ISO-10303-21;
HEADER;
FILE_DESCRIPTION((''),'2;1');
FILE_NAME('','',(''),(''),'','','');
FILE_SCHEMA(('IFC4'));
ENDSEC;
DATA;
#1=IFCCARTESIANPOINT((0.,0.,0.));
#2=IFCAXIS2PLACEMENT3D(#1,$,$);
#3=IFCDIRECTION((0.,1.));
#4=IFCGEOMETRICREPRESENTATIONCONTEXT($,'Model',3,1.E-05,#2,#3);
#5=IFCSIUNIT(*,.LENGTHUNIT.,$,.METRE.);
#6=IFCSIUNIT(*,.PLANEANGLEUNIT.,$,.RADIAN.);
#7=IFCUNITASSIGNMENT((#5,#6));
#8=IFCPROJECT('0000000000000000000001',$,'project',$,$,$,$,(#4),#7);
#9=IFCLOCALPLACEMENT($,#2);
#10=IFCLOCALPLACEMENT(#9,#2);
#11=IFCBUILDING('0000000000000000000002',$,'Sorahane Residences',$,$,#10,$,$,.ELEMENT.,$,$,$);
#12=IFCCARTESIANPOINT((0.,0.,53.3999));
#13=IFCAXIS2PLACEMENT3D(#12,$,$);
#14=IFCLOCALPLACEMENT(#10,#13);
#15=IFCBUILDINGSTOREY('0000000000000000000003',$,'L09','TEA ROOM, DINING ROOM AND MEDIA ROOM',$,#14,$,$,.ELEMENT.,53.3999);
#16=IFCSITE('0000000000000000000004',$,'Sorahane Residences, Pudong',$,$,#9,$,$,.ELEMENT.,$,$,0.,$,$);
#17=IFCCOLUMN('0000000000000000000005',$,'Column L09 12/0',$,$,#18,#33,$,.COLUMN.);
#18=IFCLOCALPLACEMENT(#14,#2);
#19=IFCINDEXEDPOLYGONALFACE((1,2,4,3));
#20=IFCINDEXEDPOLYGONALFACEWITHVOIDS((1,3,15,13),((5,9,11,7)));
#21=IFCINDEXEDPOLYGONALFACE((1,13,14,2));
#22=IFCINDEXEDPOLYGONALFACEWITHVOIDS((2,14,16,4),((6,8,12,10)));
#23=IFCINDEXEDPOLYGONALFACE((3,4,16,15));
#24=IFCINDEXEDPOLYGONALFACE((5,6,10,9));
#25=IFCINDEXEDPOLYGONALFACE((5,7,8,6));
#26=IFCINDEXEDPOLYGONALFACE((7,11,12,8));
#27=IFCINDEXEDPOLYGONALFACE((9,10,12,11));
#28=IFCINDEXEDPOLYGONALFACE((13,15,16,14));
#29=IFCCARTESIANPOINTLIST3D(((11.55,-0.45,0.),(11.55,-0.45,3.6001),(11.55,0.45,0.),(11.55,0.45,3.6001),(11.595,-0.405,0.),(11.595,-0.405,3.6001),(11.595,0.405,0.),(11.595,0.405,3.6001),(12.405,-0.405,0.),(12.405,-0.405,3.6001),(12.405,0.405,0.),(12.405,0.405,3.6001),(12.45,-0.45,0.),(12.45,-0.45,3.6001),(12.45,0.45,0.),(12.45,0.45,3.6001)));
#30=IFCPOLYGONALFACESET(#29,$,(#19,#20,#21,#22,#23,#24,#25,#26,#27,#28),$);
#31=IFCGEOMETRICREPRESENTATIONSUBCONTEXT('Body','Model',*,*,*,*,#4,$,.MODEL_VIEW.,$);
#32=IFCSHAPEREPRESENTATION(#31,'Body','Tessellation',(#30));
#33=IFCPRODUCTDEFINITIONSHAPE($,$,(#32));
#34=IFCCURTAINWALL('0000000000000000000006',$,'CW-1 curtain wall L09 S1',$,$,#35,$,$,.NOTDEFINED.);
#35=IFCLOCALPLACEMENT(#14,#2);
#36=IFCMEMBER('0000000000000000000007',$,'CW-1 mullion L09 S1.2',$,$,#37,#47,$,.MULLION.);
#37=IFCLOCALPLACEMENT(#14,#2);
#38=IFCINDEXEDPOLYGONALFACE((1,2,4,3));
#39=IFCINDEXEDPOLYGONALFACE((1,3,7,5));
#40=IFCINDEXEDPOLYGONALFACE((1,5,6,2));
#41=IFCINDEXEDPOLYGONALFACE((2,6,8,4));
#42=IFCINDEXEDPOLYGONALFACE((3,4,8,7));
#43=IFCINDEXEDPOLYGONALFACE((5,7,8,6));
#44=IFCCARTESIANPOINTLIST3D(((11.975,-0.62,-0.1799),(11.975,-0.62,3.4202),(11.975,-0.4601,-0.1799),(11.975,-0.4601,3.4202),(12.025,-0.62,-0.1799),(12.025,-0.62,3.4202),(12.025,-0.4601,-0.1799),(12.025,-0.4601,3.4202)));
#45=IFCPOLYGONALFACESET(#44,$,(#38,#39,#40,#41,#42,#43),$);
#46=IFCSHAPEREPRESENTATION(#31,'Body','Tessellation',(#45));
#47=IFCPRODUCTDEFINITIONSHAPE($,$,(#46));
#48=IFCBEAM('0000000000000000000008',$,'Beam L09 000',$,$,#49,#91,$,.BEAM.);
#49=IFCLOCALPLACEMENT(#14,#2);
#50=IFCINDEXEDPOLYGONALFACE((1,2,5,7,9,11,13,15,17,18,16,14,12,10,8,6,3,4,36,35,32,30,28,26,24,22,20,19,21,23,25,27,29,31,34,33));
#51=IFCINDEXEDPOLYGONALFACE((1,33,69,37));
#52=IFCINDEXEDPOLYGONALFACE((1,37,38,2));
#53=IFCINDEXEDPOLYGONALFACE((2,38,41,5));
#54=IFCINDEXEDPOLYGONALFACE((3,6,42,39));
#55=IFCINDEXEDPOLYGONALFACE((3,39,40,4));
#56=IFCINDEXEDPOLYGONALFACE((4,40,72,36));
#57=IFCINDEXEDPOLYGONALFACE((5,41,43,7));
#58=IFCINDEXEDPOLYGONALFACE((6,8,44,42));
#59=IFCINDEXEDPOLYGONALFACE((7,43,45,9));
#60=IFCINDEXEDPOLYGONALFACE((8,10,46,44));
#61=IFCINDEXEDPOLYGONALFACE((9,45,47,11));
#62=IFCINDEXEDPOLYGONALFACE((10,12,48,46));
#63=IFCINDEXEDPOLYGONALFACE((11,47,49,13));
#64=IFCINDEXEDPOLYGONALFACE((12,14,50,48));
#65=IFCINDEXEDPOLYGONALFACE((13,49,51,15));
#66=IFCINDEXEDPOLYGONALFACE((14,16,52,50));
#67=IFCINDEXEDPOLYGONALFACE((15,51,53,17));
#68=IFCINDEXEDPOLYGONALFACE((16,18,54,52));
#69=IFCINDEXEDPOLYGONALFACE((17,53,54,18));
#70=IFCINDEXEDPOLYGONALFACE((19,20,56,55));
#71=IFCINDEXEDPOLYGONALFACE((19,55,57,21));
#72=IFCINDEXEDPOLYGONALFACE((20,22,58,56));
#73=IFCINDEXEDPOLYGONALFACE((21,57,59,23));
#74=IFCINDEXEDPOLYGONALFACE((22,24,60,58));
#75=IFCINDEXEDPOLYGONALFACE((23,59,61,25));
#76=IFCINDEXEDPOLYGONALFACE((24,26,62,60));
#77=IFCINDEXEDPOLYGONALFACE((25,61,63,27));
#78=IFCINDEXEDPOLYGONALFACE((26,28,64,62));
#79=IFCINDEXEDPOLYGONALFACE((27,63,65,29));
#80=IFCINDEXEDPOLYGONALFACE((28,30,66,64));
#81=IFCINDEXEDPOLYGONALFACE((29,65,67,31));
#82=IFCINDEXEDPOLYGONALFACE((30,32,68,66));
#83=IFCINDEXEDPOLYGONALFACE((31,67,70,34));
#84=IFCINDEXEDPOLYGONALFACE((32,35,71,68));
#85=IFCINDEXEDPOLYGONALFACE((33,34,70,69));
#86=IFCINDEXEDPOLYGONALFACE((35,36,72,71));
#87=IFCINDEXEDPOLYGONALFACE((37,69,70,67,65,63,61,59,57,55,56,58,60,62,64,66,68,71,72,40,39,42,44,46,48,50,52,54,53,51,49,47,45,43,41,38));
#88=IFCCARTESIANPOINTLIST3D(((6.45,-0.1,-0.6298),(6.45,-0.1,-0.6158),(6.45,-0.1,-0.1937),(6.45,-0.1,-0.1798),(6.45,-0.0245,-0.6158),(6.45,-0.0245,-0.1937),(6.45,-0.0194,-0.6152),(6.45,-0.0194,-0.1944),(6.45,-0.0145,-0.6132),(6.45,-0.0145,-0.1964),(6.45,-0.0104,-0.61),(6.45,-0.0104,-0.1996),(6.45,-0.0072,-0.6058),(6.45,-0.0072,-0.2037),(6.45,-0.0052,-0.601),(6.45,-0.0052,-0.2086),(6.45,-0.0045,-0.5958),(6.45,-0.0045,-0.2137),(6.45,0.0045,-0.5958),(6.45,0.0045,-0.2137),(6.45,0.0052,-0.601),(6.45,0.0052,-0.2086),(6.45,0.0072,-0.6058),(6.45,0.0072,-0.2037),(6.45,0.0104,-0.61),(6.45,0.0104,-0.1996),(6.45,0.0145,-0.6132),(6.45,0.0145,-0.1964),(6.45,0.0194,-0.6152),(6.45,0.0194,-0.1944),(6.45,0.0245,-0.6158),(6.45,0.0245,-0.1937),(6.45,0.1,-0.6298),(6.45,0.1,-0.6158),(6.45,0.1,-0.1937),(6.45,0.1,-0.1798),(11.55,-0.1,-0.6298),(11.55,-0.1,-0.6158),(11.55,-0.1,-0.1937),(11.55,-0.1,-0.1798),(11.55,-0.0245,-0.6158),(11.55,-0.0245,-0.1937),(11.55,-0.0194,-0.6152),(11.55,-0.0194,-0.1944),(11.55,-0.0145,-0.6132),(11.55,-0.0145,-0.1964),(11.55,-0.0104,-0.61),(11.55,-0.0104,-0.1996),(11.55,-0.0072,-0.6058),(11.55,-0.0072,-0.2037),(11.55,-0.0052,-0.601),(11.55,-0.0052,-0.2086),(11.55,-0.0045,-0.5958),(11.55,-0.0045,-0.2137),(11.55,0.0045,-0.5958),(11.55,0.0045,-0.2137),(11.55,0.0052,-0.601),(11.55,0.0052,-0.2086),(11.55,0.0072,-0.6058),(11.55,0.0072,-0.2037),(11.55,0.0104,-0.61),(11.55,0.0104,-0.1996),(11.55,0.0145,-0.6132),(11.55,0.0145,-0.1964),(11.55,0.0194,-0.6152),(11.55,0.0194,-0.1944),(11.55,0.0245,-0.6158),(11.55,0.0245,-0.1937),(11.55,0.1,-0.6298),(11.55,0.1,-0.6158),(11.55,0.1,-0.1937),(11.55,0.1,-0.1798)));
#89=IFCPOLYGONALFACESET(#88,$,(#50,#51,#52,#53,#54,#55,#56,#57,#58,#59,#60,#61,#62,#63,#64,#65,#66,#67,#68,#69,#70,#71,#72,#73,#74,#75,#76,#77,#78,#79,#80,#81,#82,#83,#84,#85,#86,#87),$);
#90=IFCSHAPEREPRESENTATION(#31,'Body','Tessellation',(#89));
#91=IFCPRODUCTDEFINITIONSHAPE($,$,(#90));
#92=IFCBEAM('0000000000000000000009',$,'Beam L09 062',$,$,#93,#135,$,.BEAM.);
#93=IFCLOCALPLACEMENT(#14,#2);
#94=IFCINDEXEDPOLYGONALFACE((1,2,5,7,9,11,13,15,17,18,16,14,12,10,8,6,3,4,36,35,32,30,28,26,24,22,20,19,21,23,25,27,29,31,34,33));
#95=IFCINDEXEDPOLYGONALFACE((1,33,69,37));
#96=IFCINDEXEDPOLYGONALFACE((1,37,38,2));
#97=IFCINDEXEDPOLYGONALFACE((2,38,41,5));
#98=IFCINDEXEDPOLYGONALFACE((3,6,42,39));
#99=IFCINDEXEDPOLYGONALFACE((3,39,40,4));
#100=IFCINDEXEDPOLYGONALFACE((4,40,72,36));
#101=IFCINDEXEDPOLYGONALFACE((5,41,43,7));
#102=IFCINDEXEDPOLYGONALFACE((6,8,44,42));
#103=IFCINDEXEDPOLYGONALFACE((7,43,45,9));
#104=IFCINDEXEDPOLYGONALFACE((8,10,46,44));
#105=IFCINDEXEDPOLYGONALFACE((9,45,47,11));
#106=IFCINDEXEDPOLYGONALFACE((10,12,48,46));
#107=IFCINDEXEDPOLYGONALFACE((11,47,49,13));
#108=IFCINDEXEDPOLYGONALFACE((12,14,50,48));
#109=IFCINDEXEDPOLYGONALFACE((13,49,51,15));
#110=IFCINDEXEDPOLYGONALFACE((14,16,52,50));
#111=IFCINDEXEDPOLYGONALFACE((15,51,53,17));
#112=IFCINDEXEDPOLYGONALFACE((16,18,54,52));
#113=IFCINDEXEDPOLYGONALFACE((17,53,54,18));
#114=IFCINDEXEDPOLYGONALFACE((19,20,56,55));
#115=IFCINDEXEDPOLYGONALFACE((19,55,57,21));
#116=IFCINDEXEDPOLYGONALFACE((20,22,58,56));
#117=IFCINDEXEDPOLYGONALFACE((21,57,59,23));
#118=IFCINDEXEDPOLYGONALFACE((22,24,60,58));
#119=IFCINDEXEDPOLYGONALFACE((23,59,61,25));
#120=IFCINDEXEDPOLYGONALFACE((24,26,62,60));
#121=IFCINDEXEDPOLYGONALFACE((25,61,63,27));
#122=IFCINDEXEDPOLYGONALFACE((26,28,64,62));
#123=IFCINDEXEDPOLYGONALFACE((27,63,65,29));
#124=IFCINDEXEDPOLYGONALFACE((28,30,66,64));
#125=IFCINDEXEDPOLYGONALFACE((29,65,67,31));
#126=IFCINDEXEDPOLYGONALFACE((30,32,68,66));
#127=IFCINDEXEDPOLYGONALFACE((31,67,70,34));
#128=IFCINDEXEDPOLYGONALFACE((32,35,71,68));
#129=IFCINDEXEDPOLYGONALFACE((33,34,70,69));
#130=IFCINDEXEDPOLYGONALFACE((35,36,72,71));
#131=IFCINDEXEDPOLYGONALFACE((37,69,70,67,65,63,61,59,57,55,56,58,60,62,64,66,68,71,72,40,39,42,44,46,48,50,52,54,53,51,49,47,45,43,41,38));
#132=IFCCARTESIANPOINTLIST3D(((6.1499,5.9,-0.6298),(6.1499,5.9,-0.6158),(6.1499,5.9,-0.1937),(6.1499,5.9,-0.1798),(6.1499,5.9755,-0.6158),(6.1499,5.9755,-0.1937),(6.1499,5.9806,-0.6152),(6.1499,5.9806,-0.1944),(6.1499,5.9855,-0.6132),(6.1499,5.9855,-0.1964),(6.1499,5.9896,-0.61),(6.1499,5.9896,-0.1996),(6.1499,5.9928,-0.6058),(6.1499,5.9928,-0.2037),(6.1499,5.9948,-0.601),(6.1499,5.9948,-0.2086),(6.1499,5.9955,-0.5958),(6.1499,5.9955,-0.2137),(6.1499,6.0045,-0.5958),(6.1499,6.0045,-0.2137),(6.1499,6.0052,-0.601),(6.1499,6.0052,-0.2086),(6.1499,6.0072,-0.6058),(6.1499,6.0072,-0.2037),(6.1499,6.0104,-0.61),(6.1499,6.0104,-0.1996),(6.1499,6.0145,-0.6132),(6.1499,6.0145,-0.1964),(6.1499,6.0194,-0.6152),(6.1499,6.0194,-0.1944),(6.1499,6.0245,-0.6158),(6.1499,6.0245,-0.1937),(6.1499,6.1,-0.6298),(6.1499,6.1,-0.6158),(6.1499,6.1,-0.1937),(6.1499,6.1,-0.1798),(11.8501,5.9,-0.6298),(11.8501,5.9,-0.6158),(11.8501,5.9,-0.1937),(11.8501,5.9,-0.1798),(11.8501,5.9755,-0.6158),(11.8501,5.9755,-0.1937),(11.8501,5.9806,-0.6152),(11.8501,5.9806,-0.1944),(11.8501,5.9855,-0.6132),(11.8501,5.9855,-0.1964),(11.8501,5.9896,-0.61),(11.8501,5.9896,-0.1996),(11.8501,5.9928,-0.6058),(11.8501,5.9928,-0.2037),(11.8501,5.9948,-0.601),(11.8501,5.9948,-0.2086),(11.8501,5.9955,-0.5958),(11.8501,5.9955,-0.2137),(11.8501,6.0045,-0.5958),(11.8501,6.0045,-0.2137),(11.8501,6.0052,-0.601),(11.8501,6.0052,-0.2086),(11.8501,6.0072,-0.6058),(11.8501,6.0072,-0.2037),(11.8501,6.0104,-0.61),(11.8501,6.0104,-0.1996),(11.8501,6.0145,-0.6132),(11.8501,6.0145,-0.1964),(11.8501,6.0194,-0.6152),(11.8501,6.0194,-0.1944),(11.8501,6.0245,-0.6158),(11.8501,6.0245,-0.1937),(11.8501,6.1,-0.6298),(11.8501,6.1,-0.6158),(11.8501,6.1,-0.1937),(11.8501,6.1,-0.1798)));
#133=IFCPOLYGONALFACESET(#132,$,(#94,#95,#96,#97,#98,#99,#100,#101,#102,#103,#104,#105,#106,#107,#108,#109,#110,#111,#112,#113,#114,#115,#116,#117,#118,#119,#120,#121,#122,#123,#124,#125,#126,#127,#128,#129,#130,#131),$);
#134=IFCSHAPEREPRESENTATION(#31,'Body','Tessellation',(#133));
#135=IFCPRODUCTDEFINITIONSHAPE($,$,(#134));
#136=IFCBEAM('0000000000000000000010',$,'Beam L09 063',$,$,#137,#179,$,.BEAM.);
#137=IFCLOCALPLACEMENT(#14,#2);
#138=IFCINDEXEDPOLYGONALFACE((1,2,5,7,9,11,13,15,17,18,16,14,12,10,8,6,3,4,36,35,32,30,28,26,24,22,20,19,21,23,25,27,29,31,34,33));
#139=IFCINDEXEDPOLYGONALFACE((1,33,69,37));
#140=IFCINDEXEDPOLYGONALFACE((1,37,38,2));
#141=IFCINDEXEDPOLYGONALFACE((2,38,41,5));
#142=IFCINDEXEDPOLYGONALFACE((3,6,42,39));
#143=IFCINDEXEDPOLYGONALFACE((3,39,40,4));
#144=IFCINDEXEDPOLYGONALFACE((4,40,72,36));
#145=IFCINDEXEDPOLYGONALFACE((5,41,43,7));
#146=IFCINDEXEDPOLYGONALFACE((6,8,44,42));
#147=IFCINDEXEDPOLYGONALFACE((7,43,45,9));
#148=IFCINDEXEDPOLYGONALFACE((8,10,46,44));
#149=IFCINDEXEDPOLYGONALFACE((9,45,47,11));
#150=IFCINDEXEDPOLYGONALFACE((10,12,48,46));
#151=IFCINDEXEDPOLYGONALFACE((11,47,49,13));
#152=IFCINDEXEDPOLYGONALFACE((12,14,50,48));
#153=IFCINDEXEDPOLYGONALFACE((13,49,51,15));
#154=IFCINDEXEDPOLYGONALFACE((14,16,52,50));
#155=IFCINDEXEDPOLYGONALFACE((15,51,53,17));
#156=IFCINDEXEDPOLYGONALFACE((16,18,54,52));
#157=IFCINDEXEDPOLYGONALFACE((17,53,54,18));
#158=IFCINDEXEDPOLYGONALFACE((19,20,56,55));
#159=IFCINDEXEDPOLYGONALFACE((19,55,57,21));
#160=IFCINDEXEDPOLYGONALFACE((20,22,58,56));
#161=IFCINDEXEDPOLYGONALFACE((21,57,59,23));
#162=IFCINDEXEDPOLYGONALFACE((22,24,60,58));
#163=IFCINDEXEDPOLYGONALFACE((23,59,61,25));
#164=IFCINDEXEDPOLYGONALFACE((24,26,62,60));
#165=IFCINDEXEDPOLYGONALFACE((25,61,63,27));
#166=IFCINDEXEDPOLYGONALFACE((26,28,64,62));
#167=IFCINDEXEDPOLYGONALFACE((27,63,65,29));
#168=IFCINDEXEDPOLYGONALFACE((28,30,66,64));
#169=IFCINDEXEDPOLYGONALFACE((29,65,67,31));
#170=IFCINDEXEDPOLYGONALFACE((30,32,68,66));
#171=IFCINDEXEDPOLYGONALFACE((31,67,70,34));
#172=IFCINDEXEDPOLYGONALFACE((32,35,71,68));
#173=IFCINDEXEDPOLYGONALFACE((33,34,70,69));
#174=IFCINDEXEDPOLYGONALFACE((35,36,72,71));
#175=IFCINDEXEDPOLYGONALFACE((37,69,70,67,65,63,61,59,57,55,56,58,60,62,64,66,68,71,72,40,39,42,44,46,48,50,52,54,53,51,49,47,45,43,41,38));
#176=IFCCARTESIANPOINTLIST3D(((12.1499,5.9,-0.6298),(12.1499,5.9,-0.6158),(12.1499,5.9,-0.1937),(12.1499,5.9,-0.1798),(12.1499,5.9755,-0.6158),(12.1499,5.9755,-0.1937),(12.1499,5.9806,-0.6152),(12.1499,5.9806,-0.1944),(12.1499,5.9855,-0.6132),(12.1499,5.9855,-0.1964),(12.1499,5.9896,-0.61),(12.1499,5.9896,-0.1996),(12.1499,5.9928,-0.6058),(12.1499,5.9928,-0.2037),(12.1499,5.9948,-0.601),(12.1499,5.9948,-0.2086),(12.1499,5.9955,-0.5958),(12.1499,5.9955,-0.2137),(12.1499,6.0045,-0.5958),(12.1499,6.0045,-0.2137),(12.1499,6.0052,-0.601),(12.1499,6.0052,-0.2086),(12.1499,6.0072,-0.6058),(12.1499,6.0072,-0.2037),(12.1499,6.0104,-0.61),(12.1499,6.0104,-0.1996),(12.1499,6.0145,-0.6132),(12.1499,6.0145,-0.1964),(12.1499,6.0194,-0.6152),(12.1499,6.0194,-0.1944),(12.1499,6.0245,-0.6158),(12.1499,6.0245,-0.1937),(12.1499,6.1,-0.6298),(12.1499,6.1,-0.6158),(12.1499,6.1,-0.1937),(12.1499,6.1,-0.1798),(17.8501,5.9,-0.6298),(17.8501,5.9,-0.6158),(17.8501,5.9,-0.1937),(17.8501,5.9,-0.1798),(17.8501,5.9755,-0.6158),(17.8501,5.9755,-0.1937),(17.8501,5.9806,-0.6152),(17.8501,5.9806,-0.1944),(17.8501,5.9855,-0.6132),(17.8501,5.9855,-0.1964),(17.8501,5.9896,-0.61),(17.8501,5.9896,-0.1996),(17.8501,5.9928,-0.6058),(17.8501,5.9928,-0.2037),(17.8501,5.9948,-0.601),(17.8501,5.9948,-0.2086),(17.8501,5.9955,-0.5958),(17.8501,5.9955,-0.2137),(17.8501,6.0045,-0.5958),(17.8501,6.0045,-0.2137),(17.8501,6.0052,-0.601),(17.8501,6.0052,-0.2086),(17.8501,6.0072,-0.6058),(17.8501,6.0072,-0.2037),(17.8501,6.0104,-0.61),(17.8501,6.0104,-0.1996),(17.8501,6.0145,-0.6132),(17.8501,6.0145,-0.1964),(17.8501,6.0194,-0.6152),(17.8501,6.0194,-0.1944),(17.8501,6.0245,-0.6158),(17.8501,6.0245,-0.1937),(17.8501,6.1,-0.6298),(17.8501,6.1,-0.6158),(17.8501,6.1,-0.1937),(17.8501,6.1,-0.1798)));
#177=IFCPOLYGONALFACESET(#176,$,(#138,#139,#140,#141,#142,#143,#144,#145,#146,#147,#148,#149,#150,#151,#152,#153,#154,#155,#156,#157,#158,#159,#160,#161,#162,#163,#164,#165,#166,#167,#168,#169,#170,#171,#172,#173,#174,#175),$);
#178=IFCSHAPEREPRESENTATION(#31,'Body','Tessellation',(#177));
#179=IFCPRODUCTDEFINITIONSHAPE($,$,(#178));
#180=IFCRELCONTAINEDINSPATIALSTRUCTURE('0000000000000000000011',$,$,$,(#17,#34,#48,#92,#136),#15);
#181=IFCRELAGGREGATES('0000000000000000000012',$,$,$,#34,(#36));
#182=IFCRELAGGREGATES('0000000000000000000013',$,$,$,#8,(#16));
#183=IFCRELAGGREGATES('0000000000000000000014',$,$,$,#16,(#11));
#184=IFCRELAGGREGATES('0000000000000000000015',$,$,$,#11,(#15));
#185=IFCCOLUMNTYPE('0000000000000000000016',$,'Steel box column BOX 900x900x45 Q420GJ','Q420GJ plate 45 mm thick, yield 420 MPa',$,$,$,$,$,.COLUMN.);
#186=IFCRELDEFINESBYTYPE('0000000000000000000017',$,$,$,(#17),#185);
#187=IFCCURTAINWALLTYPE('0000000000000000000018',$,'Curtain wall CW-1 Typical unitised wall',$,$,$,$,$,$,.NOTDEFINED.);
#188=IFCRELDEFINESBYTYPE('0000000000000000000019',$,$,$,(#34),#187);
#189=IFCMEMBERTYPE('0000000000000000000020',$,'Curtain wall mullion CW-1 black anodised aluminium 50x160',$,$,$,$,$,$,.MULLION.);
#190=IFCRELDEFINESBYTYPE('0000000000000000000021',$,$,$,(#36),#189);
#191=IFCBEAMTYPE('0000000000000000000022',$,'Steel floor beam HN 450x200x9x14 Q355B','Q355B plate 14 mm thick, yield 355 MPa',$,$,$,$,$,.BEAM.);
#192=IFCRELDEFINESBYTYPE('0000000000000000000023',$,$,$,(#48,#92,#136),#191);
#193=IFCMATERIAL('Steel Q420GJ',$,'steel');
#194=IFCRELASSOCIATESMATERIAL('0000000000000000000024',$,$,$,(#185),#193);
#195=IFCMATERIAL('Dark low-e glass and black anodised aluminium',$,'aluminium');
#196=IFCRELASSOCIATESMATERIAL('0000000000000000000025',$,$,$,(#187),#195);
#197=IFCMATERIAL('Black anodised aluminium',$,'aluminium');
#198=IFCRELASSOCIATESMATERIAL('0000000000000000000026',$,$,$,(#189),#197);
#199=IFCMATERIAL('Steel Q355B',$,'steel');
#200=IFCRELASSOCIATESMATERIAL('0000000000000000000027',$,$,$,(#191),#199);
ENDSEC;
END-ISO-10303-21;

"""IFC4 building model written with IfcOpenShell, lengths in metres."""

from ifc_helpers import new_model, si_unit, direction, frame, origin, origin_2d, place, context, subcontext, project, spatial, rectangle, hollow_rectangle, i_section, extrude, material, material_profile, profile_set, type_object, element, aggregate, save


model = new_model("IFC4")

# Units and contexts
model_context = context("Model", 3, precision=1e-05, world=origin(), true_north=direction((0.0, 1.0)))
body_context = subcontext(model_context, "Body", "Model", "MODEL_VIEW")
ifc_project = project(units=[si_unit("LENGTHUNIT", "METRE"), si_unit("PLANEANGLEUNIT", "RADIAN")], contexts=[model_context])

# Site, building, storey
site_placement = place(None, origin())
site = spatial("IfcSite", under=ifc_project, at=site_placement, Name="Sorahane Residences, Pudong", CompositionType="ELEMENT", RefElevation=0.0)
building_placement = place(site_placement, origin())
building = spatial("IfcBuilding", under=site, at=building_placement, Name="Sorahane Residences", CompositionType="ELEMENT")
storey_placement = place(building_placement, frame((0.0, 0.0, 53.3999)))
storey = spatial("IfcBuildingStorey", under=building, at=storey_placement, Name="L09", Description="TEA ROOM, DINING ROOM AND MEDIA ROOM", CompositionType="ELEMENT", Elevation=53.3999)

# Column
ifc_material_1 = material(Name="Steel Q420GJ", Category="steel")
ifc_material_profile_1 = material_profile(ifc_material_1, hollow_rectangle(XDim=0.8999, YDim=0.8999, WallThickness=0.0449, at=origin_2d()), Name="BOX 900x900x45")
ifc_profile_set_1 = profile_set([ifc_material_profile_1], Name="Steel Q420GJ")
column_type = type_object("IfcColumnType", Name="Steel box column BOX 900x900x45 Q420GJ", Description="Q420GJ plate 45 mm thick, yield 420 MPa", PredefinedType="COLUMN", material=ifc_profile_set_1)
column_placement = place(storey_placement, frame((12.0, 0.0, 0.0), z_axis=(0.0, 0.0, 1.0), x_axis=(1.0, 0.0, 0.0)))
element("IfcColumn", 1, at=column_placement, inside=storey, type_object=column_type, Name="Column L09 12/0", PredefinedType="COLUMN", context=body_context, shape_type="SweptSolid", body=[
    extrude(hollow_rectangle(XDim=0.8999, YDim=0.8999, WallThickness=0.0449, at=origin_2d()), origin(), (0.0, 0.0, 1.0), 3.6001),
])

# Curtain wall, member
ifc_material_2 = material(Name="Dark low-e glass and black anodised aluminium", Category="aluminium")
curtain_wall_type = type_object("IfcCurtainWallType", Name="Curtain wall CW-1 Typical unitised wall", PredefinedType="NOTDEFINED", material=ifc_material_2)
curtain_wall_placement = place(storey_placement, origin())
curtain_wall = element("IfcCurtainWall", 2, at=curtain_wall_placement, inside=storey, type_object=curtain_wall_type, Name="CW-1 curtain wall L09 S1", PredefinedType="NOTDEFINED")
ifc_material_3 = material(Name="Black anodised aluminium", Category="aluminium")
ifc_material_profile_2 = material_profile(ifc_material_3, rectangle(XDim=0.1599, YDim=0.05, at=origin_2d()), Name="Curtain wall mullion CW-1 black anodised aluminium 50x160")
ifc_profile_set_2 = profile_set([ifc_material_profile_2], Name="Black anodised aluminium")
member_type = type_object("IfcMemberType", Name="Curtain wall mullion CW-1 black anodised aluminium 50x160", PredefinedType="MULLION", material=ifc_profile_set_2)
member_placement = place(storey_placement, frame((12.0, -0.54, -0.1799), z_axis=(0.0, 0.0, 1.0), x_axis=(0.0, -1.0, 0.0)))
member = element("IfcMember", 3, at=member_placement, type_object=member_type, Name="CW-1 mullion L09 S1.2", PredefinedType="MULLION", context=body_context, shape_type="SweptSolid", body=[
    extrude(rectangle(XDim=0.1599, YDim=0.05, at=origin_2d()), origin(), (0.0, 0.0, 1.0), 3.6001),
])

# Beams
ifc_material_4 = material(Name="Steel Q355B", Category="steel")
ifc_material_profile_3 = material_profile(ifc_material_4, i_section(OverallWidth=0.2, OverallDepth=0.45, WebThickness=0.009, FlangeThickness=0.0139, FilletRadius=0.02, at=origin_2d()), Name="HN 450x200x9x14")
ifc_profile_set_3 = profile_set([ifc_material_profile_3], Name="Steel Q355B")
beam_type_1 = type_object("IfcBeamType", Name="Steel floor beam HN 450x200x9x14 Q355B", Description="Q355B plate 14 mm thick, yield 355 MPa", PredefinedType="BEAM", material=ifc_profile_set_3)
beam_1_placement = place(storey_placement, frame((6.45, 0.0, -0.4048), z_axis=(1.0, 0.0, 0.0), x_axis=(0.0, 1.0, 0.0)))
element("IfcBeam", 4, at=beam_1_placement, inside=storey, type_object=beam_type_1, Name="Beam L09 000", PredefinedType="BEAM", context=body_context, shape_type="SweptSolid", body=[
    extrude(i_section(OverallWidth=0.2, OverallDepth=0.45, WebThickness=0.009, FlangeThickness=0.0139, FilletRadius=0.02, at=origin_2d()), origin(), (0.0, 0.0, 1.0), 5.1001),
])
for number, where, z_axis, x_axis, name in (
    (5, (6.1499, 6.0, -0.4048), (1.0, 0.0, 0.0), (0.0, 1.0, 0.0), "Beam L09 062"),
    (6, (12.1499, 6.0, -0.4048), (1.0, 0.0, 0.0), (0.0, 1.0, 0.0), "Beam L09 063"),
):
    element("IfcBeam", number, at=place(storey_placement, frame(where, z_axis=z_axis, x_axis=x_axis)), inside=storey, type_object=beam_type_1, Name=name, PredefinedType="BEAM", context=body_context, shape_type="SweptSolid", body=[
        extrude(i_section(OverallWidth=0.2, OverallDepth=0.45, WebThickness=0.009, FlangeThickness=0.0139, FilletRadius=0.02, at=origin_2d()), origin(), (0.0, 0.0, 1.0), 5.7002),
    ])

aggregate(curtain_wall, [member])

save(model, "model.ifc")
